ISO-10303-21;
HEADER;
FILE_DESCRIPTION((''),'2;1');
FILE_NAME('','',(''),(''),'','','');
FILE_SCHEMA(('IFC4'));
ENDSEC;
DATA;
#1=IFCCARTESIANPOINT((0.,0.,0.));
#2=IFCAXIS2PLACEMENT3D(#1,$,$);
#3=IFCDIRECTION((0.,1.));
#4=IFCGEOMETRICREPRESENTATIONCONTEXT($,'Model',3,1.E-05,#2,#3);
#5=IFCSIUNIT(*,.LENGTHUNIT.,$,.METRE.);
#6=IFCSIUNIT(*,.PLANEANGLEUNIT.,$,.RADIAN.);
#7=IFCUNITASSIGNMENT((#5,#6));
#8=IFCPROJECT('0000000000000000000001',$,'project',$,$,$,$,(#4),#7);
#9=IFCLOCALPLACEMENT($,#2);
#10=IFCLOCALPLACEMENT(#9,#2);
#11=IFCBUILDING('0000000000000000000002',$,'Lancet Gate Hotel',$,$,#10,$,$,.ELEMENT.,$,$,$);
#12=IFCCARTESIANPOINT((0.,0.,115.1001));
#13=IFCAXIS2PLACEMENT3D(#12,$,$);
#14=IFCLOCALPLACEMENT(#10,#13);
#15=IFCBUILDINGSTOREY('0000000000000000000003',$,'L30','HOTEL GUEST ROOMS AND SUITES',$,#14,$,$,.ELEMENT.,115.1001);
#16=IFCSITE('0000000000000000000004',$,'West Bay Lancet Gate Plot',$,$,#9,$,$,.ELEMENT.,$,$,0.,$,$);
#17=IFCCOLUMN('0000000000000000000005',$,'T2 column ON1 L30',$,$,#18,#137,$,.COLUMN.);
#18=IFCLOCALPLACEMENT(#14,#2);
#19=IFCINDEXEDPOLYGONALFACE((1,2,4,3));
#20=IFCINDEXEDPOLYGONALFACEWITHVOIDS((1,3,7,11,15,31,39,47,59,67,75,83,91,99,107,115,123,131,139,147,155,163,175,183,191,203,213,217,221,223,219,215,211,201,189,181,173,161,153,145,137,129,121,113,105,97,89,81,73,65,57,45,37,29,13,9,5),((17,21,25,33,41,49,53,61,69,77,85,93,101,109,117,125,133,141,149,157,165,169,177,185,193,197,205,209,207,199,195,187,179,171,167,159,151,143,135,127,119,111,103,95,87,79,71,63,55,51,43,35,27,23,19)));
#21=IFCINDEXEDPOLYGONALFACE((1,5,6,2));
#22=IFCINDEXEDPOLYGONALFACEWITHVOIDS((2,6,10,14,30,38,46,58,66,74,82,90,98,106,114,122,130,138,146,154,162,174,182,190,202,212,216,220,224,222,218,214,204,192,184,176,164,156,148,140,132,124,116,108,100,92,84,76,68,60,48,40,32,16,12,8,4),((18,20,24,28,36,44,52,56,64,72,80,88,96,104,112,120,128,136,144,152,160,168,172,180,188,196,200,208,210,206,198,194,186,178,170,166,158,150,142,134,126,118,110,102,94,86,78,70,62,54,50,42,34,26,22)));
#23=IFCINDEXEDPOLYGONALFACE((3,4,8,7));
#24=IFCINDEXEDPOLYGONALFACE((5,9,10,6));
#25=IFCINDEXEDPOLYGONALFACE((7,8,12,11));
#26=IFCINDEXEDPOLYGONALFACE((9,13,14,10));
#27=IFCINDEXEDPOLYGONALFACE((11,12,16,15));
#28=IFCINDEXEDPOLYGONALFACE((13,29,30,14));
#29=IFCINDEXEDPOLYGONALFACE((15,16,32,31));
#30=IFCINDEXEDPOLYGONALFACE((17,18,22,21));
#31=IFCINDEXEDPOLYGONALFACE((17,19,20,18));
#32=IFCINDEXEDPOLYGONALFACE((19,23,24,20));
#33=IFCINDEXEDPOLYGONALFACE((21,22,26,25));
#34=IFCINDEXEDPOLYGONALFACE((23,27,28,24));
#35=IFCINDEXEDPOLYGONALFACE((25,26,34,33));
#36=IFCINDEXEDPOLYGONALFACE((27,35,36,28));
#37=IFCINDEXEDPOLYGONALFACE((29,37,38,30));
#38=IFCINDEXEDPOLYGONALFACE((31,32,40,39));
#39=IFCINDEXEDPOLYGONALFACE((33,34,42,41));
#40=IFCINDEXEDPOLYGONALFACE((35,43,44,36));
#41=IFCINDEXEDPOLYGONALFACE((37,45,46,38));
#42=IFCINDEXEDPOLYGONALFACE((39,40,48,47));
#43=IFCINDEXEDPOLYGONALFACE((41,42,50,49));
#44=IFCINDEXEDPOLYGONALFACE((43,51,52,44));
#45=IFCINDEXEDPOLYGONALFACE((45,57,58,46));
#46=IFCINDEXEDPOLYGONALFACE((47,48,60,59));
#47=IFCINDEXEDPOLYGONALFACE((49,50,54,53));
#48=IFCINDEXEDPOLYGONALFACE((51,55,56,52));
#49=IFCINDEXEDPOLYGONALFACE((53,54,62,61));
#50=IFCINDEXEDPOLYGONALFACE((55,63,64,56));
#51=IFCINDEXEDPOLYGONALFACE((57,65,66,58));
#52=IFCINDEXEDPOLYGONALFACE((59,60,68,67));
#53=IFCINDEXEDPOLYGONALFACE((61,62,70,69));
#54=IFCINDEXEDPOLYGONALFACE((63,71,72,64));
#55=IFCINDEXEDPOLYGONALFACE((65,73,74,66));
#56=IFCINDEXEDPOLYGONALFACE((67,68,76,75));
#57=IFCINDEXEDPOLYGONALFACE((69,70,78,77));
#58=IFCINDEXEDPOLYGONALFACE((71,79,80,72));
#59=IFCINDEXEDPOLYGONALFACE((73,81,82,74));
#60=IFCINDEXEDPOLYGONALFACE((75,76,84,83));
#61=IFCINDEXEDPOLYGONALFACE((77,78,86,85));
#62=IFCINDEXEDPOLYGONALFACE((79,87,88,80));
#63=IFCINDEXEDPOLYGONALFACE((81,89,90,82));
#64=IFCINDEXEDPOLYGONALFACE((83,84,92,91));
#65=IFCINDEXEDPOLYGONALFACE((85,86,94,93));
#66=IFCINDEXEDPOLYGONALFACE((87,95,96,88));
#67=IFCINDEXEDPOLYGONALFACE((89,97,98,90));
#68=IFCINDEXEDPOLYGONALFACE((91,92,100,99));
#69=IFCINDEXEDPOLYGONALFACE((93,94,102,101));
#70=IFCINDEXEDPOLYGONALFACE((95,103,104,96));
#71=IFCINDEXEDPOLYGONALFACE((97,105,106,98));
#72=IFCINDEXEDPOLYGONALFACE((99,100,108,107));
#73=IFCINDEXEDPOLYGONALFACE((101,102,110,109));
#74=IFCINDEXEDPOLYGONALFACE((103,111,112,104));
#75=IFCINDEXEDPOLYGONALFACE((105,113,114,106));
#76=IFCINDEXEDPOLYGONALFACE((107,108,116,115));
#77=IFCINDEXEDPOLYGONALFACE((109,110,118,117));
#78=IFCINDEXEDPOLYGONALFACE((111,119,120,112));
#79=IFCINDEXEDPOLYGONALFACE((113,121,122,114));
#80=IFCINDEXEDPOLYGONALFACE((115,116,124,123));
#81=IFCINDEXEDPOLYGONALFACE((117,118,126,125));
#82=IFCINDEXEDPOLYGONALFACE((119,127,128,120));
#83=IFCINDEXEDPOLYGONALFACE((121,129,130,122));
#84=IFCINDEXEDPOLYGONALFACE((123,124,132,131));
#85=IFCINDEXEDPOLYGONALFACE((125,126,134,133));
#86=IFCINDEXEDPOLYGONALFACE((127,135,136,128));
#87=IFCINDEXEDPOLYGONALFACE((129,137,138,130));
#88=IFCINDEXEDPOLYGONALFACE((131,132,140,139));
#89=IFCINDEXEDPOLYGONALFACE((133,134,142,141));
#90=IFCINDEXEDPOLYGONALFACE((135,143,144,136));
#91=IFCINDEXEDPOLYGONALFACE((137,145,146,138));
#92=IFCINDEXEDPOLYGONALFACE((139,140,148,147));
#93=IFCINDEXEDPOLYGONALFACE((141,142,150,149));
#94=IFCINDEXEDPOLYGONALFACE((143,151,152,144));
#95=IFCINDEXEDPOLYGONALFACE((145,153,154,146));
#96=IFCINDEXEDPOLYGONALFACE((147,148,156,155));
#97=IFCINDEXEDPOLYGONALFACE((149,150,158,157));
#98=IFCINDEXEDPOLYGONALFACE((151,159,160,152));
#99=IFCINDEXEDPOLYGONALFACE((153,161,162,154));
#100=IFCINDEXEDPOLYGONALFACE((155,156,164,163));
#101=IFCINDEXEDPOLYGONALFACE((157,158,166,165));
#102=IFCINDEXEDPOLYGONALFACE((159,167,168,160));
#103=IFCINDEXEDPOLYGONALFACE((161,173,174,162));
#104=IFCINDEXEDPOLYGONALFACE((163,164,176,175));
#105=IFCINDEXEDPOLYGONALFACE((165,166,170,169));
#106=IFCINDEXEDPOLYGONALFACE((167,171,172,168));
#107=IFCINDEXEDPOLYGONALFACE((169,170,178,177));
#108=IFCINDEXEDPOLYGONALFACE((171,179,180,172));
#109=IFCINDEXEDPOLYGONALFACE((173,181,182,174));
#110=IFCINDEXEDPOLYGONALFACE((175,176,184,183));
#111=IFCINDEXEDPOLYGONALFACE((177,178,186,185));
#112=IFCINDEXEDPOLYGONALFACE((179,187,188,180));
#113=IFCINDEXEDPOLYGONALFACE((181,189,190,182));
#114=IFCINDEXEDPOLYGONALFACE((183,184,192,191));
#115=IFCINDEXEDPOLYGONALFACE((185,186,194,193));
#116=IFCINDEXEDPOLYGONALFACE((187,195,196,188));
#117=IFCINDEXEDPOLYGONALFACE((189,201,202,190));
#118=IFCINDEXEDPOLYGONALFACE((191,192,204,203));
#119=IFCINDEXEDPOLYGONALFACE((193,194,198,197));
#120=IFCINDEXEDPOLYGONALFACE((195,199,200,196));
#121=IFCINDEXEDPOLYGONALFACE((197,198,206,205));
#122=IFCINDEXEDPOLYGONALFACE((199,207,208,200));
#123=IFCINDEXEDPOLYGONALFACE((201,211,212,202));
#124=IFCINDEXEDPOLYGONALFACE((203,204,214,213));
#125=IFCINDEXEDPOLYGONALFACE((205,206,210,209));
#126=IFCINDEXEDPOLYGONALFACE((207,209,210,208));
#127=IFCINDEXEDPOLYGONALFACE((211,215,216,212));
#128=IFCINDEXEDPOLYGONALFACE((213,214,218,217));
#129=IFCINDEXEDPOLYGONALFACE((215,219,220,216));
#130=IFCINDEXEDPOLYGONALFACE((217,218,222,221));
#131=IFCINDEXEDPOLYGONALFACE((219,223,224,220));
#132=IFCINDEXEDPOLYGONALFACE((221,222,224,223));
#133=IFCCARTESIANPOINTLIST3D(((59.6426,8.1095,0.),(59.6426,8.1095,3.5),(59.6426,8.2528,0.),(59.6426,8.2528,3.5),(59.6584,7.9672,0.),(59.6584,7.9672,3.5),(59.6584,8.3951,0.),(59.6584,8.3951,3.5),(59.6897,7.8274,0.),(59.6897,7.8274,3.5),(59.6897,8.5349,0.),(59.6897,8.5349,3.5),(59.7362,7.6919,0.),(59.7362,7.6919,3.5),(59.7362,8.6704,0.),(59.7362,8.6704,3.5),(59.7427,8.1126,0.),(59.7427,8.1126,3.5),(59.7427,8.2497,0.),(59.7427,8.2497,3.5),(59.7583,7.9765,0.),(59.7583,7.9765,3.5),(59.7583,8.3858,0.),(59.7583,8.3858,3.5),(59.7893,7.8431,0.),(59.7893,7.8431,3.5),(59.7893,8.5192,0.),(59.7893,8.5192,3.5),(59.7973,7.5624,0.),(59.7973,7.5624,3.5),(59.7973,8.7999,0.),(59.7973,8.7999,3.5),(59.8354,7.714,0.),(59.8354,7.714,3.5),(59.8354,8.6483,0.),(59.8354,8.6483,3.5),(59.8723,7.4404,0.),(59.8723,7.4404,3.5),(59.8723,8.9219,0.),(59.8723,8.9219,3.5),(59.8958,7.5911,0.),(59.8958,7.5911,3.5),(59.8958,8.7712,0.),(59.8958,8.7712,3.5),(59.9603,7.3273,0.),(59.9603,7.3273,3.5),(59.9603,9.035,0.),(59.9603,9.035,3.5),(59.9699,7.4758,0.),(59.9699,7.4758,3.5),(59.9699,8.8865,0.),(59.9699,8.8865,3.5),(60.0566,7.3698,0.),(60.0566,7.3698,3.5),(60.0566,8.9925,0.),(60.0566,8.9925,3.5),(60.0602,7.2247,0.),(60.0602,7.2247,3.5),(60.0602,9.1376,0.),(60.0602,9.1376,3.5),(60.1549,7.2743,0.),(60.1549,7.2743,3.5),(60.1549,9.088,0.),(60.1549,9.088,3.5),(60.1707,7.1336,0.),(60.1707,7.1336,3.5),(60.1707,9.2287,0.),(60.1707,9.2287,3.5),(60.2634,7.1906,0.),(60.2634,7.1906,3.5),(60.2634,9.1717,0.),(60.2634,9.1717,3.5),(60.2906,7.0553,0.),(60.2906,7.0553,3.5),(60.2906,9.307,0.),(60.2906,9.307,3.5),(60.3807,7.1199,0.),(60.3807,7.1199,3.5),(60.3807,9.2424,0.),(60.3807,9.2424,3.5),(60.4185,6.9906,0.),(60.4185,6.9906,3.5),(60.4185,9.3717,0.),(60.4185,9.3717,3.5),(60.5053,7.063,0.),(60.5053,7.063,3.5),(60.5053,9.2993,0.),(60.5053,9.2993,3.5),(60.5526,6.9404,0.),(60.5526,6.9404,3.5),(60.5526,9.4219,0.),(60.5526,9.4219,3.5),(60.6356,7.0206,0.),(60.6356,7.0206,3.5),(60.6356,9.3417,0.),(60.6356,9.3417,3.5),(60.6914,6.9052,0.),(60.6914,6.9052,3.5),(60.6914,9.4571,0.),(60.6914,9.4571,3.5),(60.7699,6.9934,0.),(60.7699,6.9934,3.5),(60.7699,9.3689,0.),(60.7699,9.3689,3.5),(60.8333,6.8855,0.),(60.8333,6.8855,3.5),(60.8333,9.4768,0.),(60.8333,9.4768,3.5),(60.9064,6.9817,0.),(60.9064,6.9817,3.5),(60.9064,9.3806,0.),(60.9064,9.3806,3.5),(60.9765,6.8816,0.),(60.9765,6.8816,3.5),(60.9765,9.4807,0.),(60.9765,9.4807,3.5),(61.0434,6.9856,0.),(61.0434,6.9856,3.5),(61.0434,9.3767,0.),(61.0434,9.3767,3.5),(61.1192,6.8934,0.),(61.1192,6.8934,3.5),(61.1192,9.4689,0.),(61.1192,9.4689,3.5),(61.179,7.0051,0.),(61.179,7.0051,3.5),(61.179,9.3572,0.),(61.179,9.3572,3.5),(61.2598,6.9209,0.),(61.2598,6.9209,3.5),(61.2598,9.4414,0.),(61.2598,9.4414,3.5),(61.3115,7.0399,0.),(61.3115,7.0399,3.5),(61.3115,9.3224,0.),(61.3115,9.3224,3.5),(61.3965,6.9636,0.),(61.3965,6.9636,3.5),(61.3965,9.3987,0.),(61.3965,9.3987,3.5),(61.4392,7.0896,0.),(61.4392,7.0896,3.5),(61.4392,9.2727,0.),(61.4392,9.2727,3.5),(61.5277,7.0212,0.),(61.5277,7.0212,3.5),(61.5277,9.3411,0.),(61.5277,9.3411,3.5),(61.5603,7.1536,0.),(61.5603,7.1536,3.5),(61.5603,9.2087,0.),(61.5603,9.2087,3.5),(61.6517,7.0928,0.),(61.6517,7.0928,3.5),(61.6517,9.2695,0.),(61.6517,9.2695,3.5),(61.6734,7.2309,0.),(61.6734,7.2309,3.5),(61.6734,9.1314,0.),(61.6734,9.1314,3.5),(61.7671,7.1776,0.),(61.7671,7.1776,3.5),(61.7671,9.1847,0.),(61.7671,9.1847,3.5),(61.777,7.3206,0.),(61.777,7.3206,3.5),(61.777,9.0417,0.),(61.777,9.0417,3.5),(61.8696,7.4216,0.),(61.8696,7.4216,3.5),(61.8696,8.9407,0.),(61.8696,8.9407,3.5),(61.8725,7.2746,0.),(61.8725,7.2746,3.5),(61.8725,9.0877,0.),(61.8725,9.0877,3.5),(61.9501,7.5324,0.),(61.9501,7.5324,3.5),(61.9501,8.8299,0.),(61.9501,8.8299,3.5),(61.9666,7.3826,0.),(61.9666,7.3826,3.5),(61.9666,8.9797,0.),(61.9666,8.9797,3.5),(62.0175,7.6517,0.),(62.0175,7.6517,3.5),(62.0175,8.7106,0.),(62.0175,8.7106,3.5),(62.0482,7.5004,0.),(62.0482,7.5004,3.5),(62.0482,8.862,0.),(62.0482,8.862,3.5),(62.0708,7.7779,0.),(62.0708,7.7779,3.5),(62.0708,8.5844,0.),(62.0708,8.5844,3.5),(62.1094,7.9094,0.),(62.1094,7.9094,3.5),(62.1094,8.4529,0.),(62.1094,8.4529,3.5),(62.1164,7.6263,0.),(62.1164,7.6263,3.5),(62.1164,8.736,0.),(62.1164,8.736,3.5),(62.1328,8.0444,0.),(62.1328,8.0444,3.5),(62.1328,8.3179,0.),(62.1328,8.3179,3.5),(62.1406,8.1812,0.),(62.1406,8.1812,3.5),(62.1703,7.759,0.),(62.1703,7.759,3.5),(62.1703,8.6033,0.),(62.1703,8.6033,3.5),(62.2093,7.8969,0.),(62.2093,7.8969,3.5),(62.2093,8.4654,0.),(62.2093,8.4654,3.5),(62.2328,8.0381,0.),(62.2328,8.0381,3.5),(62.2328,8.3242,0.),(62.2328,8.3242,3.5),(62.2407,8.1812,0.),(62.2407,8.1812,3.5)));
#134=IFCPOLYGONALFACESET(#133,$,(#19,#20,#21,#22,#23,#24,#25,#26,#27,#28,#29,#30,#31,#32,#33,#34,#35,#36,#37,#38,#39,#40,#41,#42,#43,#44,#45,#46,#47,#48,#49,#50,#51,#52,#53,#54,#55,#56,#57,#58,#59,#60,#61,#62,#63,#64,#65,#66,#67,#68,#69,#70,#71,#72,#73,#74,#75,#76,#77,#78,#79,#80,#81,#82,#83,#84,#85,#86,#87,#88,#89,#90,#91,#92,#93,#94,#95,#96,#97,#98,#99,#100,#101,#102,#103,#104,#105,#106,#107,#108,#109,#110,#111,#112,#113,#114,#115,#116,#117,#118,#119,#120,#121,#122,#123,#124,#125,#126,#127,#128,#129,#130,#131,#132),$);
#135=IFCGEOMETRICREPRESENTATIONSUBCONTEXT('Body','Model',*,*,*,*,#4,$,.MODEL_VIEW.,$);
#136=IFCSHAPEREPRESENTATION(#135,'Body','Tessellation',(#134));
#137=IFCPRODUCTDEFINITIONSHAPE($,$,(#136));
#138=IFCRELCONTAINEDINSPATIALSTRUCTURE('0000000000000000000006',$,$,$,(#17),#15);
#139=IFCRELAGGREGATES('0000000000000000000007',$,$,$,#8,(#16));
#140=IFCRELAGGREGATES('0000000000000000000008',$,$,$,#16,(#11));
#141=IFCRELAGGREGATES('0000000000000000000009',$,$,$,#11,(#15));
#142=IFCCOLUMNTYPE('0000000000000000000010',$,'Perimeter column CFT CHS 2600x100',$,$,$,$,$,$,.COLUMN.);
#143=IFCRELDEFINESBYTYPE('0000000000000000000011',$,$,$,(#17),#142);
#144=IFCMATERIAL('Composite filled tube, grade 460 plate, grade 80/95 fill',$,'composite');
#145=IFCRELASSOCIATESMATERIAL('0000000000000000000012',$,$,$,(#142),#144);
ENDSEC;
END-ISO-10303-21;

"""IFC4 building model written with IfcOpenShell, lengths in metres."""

from ifc_helpers import new_model, si_unit, direction, frame, origin, origin_2d, place, context, subcontext, project, spatial, hollow_circle, extrude, material, material_profile, profile_set, type_object, element, save


model = new_model("IFC4")

# Units and contexts
model_context = context("Model", 3, precision=1e-05, world=origin(), true_north=direction((0.0, 1.0)))
body_context = subcontext(model_context, "Body", "Model", "MODEL_VIEW")
ifc_project = project(units=[si_unit("LENGTHUNIT", "METRE"), si_unit("PLANEANGLEUNIT", "RADIAN")], contexts=[model_context])

# Site, building, storey
site_placement = place(None, origin())
site = spatial("IfcSite", under=ifc_project, at=site_placement, Name="West Bay Lancet Gate Plot", CompositionType="ELEMENT", RefElevation=0.0)
building_placement = place(site_placement, origin())
building = spatial("IfcBuilding", under=site, at=building_placement, Name="Lancet Gate Hotel", CompositionType="ELEMENT")
storey_placement = place(building_placement, frame((0.0, 0.0, 115.1001)))
storey = spatial("IfcBuildingStorey", under=building, at=storey_placement, Name="L30", Description="HOTEL GUEST ROOMS AND SUITES", CompositionType="ELEMENT", Elevation=115.1001)

# Column
ifc_material_1 = material(Name="Composite filled tube, grade 460 plate, grade 80/95 fill", Category="composite")
ifc_material_profile_1 = material_profile(ifc_material_1, hollow_circle(Radius=1.3, WallThickness=0.1001, at=origin_2d()), Name="CHS 2600x100")
ifc_profile_set_1 = profile_set([ifc_material_profile_1], Name="Composite filled tube, grade 460 plate, grade 80/95 fill")
column_type = type_object("IfcColumnType", Name="Perimeter column CFT CHS 2600x100", PredefinedType="COLUMN", material=ifc_profile_set_1)
for number, where, z_axis, x_axis, name in (
    (1, (60.9407, 8.1812, 0.0), (0.0, 0.0, 1.0), (1.0, 0.0, 0.0), "T2 column ON1 L30"),
):
    element("IfcColumn", number, at=place(storey_placement, frame(where, z_axis=z_axis, x_axis=x_axis)), inside=storey, type_object=column_type, Name=name, PredefinedType="COLUMN", context=body_context, shape_type="SweptSolid", body=[
        extrude(hollow_circle(Radius=1.3, WallThickness=0.1001, at=origin_2d()), origin(), (0.0, 0.0, 1.0), 3.5),
    ])

save(model, "model.ifc")
